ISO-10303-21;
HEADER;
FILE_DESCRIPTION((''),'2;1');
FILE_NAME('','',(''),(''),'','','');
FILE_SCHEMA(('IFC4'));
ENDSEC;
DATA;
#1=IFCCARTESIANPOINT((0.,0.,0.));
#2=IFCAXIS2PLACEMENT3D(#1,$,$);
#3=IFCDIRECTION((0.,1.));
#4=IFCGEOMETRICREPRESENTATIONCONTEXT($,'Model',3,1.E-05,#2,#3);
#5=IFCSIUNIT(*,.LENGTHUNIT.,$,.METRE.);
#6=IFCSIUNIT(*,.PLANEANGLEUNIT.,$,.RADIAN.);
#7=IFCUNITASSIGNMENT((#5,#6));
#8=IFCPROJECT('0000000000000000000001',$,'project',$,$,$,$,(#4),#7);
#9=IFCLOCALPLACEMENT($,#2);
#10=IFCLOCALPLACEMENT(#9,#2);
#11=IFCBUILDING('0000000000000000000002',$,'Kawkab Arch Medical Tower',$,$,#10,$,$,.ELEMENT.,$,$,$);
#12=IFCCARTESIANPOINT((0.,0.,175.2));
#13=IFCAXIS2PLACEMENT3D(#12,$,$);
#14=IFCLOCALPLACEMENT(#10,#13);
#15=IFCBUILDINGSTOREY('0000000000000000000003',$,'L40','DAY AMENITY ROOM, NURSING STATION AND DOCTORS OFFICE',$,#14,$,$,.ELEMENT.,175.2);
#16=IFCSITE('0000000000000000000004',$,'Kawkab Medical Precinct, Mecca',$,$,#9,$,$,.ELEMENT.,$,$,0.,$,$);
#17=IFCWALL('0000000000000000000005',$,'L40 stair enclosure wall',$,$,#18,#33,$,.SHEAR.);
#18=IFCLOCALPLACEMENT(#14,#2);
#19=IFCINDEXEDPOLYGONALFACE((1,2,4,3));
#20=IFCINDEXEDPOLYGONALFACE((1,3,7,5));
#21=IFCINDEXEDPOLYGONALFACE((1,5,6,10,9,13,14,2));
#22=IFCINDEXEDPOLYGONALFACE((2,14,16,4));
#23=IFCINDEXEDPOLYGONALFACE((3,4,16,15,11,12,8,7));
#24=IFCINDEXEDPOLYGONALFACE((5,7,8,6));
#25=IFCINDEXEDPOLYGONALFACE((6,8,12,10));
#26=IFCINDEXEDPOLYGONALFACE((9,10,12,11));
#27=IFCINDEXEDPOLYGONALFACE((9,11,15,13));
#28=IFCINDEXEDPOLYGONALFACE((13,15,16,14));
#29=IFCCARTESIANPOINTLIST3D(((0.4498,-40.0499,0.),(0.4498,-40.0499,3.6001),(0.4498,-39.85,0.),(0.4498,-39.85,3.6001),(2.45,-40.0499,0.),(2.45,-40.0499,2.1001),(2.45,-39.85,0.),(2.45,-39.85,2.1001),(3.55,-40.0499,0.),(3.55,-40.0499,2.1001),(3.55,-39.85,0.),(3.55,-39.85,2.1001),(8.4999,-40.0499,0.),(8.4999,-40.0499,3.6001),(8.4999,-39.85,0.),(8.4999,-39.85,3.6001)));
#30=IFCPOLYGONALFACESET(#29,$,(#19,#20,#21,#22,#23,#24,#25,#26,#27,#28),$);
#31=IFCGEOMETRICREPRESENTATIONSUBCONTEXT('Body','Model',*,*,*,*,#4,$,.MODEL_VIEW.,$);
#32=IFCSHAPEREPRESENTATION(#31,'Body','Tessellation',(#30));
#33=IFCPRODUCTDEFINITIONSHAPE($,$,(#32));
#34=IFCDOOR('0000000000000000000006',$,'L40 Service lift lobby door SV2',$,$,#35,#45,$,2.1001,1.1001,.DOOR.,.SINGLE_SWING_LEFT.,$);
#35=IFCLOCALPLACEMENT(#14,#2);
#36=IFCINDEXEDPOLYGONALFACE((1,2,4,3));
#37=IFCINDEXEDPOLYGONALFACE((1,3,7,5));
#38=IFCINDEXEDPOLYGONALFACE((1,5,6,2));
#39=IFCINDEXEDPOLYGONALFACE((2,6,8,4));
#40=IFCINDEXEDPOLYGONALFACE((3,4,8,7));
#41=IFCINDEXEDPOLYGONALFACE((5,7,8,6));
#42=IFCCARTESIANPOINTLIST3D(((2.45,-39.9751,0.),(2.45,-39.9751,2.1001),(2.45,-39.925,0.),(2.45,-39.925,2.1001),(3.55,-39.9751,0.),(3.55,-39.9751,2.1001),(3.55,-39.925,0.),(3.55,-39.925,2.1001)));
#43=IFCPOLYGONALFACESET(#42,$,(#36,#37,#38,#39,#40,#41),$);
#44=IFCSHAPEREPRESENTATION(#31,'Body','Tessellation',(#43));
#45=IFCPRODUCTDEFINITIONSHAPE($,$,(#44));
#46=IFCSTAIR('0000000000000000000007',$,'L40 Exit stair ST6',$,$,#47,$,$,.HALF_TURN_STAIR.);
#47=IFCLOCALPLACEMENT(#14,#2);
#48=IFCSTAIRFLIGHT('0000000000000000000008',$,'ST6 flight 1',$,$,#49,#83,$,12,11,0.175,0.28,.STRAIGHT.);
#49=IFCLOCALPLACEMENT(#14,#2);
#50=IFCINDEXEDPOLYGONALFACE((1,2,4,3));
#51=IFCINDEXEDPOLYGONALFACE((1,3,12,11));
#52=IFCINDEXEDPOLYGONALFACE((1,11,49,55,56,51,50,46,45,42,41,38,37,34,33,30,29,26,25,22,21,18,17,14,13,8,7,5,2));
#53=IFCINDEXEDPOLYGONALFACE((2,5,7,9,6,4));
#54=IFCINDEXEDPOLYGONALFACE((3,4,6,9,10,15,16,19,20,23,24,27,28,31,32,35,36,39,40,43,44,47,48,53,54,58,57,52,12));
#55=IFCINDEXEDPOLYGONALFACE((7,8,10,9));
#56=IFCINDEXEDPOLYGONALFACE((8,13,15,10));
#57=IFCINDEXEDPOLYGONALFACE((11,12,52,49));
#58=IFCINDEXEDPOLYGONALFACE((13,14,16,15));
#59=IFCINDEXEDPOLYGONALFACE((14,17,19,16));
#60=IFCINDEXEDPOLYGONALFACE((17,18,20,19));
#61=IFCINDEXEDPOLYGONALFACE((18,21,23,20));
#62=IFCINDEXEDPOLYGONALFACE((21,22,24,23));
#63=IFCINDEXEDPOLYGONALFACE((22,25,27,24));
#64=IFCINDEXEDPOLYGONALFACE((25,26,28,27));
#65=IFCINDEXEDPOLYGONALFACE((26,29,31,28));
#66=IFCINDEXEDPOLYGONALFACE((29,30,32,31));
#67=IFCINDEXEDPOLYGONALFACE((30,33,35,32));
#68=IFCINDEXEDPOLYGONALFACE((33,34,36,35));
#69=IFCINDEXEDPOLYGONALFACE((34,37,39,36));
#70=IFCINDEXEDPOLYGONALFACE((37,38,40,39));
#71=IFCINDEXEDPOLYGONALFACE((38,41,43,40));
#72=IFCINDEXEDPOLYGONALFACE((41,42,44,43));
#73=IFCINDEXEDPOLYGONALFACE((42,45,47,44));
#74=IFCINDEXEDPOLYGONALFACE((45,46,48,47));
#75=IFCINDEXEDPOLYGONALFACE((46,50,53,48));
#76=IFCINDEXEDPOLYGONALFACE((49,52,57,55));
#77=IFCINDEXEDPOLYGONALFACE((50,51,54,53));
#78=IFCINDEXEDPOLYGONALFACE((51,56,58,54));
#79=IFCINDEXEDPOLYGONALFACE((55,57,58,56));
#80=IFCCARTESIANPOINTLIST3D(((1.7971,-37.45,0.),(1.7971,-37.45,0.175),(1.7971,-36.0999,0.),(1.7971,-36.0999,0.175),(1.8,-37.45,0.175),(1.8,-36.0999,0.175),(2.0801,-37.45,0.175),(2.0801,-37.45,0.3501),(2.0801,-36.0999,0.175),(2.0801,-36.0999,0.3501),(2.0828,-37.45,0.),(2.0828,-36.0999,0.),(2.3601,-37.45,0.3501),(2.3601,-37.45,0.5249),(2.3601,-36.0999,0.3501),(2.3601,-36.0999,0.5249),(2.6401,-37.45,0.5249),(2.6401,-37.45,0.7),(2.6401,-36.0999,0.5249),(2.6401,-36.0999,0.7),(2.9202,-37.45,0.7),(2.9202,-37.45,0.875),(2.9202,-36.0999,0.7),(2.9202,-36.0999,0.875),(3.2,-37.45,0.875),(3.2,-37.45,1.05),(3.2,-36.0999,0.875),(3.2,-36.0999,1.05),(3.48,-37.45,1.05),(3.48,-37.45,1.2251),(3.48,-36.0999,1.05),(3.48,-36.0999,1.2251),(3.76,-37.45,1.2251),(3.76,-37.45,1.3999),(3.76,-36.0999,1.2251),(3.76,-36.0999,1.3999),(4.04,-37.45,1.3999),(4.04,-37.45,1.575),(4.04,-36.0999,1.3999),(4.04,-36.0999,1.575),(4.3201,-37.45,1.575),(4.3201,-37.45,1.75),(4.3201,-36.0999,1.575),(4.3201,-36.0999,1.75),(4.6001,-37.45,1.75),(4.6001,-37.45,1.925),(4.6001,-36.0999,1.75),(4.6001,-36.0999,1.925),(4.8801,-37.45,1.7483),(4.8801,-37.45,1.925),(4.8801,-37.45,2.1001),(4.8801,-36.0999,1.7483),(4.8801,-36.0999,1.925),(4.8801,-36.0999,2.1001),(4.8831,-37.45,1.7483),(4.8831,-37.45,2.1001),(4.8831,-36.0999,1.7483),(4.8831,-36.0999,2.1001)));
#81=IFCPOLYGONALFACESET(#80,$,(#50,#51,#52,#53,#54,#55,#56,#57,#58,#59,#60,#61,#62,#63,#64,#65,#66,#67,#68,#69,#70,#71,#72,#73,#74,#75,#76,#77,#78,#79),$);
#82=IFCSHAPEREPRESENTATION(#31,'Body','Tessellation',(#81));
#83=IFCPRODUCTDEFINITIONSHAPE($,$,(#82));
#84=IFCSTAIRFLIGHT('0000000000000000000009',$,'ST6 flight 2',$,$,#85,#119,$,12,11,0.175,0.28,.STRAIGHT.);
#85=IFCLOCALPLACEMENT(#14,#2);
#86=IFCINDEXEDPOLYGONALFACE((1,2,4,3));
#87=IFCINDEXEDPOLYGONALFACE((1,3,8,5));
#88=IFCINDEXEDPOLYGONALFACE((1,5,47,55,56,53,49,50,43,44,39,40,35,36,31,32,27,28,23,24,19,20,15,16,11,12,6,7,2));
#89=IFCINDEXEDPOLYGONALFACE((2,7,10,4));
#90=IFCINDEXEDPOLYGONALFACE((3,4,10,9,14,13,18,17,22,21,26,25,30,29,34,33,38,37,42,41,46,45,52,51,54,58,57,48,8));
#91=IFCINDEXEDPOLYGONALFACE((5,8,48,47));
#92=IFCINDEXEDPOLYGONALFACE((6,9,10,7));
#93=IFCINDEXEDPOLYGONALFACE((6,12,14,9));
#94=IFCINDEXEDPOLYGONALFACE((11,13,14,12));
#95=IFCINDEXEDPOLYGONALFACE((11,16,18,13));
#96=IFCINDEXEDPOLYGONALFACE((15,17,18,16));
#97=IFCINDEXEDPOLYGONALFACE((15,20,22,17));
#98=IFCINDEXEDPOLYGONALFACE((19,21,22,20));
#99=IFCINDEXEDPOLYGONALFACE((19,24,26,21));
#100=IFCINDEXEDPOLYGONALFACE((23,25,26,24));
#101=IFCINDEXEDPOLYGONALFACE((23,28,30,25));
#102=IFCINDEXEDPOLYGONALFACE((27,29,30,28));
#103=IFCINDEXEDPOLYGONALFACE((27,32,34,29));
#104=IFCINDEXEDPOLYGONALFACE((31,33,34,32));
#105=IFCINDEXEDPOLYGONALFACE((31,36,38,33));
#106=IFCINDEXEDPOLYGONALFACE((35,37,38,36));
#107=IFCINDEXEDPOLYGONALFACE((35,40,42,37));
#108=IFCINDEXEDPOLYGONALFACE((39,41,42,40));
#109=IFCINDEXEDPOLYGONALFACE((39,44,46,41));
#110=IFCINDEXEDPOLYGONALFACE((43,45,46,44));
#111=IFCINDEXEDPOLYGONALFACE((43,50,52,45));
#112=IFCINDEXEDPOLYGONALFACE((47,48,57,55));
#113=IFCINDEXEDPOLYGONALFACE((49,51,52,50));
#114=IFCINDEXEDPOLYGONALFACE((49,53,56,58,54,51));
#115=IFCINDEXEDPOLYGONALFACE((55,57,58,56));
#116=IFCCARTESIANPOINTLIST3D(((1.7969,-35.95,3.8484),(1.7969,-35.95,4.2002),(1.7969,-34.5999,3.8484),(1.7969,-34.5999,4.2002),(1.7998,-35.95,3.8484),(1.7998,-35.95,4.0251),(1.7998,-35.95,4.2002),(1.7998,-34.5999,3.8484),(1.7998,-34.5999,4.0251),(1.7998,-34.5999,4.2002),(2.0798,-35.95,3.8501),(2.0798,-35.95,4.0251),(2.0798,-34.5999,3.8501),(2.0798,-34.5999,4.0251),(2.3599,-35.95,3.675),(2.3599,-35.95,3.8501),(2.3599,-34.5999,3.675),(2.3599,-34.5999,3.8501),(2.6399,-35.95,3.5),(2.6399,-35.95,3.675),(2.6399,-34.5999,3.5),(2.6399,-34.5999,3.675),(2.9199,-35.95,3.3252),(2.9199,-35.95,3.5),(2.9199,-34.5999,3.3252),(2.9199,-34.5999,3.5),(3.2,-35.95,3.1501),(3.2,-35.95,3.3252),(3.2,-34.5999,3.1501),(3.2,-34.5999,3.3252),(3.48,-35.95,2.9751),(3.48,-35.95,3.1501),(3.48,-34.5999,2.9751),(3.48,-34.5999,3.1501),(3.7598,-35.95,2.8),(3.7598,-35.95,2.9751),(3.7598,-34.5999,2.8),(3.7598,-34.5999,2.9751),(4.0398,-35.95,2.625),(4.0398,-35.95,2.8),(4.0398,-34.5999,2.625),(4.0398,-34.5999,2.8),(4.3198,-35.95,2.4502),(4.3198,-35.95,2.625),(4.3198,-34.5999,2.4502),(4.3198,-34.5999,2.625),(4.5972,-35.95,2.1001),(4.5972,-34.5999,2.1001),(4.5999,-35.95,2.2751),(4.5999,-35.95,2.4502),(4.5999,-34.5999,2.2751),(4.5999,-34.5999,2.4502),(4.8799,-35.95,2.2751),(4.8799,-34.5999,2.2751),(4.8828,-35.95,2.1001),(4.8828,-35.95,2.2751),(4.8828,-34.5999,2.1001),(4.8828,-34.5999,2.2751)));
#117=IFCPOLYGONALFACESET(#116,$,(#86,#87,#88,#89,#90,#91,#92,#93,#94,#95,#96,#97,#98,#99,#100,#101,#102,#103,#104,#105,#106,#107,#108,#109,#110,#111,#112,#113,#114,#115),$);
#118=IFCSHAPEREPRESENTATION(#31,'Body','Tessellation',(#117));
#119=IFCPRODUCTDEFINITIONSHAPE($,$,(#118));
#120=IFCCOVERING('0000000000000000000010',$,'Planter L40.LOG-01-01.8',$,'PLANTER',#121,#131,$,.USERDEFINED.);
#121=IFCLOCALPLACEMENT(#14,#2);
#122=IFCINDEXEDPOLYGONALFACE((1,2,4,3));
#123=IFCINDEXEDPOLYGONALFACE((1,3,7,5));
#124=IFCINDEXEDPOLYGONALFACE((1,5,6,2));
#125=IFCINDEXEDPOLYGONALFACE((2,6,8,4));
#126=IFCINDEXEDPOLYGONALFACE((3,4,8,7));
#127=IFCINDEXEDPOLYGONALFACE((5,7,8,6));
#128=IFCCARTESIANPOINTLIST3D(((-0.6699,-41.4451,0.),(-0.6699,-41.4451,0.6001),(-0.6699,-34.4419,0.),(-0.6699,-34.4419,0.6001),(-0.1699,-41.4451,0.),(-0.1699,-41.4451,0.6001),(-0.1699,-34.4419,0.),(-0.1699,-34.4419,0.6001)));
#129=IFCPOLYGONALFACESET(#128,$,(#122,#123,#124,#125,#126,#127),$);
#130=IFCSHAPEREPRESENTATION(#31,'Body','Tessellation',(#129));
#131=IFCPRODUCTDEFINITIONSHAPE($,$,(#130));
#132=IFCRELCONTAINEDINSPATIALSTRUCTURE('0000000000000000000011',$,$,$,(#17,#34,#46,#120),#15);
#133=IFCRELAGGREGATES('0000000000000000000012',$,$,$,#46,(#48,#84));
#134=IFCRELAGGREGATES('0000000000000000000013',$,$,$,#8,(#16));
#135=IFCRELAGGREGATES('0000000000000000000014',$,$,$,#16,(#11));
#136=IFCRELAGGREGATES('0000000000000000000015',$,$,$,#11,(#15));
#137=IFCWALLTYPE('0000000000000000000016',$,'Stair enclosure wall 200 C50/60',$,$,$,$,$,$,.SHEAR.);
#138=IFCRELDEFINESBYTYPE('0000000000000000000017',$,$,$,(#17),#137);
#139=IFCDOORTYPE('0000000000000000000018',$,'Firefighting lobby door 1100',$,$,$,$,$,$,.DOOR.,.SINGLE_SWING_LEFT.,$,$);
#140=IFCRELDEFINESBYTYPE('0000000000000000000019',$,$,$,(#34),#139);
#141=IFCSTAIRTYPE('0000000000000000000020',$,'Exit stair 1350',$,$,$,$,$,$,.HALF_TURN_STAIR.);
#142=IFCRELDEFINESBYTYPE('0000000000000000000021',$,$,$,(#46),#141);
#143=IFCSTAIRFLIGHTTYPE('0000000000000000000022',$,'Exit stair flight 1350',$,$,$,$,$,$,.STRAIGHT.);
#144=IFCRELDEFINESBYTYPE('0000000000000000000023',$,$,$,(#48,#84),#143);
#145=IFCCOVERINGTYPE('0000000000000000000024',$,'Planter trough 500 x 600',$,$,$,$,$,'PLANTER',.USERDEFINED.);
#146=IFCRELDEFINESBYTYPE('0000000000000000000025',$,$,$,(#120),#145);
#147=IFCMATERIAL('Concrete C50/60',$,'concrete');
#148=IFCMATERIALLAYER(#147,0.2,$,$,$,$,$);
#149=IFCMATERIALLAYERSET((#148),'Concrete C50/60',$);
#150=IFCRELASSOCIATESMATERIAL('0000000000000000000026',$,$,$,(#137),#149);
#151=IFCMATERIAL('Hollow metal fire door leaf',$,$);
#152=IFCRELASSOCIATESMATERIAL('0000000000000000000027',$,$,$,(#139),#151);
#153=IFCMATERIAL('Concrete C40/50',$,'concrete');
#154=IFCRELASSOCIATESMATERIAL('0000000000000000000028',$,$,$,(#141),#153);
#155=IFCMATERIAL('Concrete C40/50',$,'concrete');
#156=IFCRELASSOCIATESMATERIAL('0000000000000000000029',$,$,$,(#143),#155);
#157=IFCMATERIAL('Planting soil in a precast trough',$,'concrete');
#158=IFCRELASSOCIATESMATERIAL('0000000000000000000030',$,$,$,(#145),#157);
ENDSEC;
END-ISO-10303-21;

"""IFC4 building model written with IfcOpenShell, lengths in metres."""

from ifc_helpers import new_model, si_unit, direction, frame, frame_2d, origin, origin_2d, place, context, subcontext, project, spatial, polyline, rectangle, outline, extrude, material, layer, layer_set, material_profile, profile_set, type_object, element, fill, aggregate, save


model = new_model("IFC4")

# Units and contexts
model_context = context("Model", 3, precision=1e-05, world=origin(), true_north=direction((0.0, 1.0)))
body_context = subcontext(model_context, "Body", "Model", "MODEL_VIEW")
ifc_project = project(units=[si_unit("LENGTHUNIT", "METRE"), si_unit("PLANEANGLEUNIT", "RADIAN")], contexts=[model_context])

# Site, building, storey
site_placement = place(None, origin())
site = spatial("IfcSite", under=ifc_project, at=site_placement, Name="Kawkab Medical Precinct, Mecca", CompositionType="ELEMENT", RefElevation=0.0)
building_placement = place(site_placement, origin())
building = spatial("IfcBuilding", under=site, at=building_placement, Name="Kawkab Arch Medical Tower", CompositionType="ELEMENT")
storey_placement = place(building_placement, frame((0.0, 0.0, 175.2)))
storey = spatial("IfcBuildingStorey", under=building, at=storey_placement, Name="L40", Description="DAY AMENITY ROOM, NURSING STATION AND DOCTORS OFFICE", CompositionType="ELEMENT", Elevation=175.2)

# Shared definitions
placement = place(storey_placement, origin())

# Wall, opening, door
ifc_material_1 = material(Name="Concrete C50/60", Category="concrete")
ifc_layer_1 = layer(ifc_material_1, 0.2)
ifc_layer_set_1 = layer_set([ifc_layer_1], Name="Concrete C50/60")
wall_type_1 = type_object("IfcWallType", Name="Stair enclosure wall 200 C50/60", PredefinedType="SHEAR", material=ifc_layer_set_1)
wall_1_placement = place(storey_placement, frame((0.45, -39.95, 0.0), z_axis=(0.0, 0.0, 1.0), x_axis=(1.0, 0.0, 0.0)))
wall_1 = element("IfcWall", 1, at=wall_1_placement, inside=storey, type_object=wall_type_1, Name="L40 stair enclosure wall", PredefinedType="SHEAR", context=body_context, shape_type="SweptSolid", body=[
    extrude(rectangle(XDim=8.05, YDim=0.2, at=frame_2d((4.0249, 0.0))), origin(), (0.0, 0.0, 1.0), 3.6001),
])
opening_1_placement = place(wall_1_placement, frame((2.0, 0.0, 0.0)))
opening_1 = element("IfcOpeningElement", 2, at=opening_1_placement, cuts=wall_1, PredefinedType="OPENING", context=body_context, shape_type="SweptSolid", body=[
    extrude(rectangle(XDim=1.1001, YDim=2.1001, at=frame_2d((0.55, 1.05))), frame((0.0, 0.1099, 0.0), z_axis=(0.0, -1.0, 0.0), x_axis=(1.0, 0.0, 0.0)), (0.0, 0.0, 1.0), 0.22),
])
ifc_material_2 = material(Name="Hollow metal fire door leaf")
door_type_1 = type_object("IfcDoorType", Name="Firefighting lobby door 1100", OperationType="SINGLE_SWING_LEFT", PredefinedType="DOOR", material=ifc_material_2)
door_1_placement = place(opening_1_placement, origin())
door_1 = element("IfcDoor", 3, at=door_1_placement, inside=storey, type_object=door_type_1, Name="L40 Service lift lobby door SV2", OperationType="SINGLE_SWING_LEFT", OverallHeight=2.1001, OverallWidth=1.1001, PredefinedType="DOOR", context=body_context, shape_type="SweptSolid", body=[
    extrude(rectangle(XDim=1.1001, YDim=2.1001, at=frame_2d((0.55, 1.05))), frame((0.0, 0.0249, 0.0), z_axis=(0.0, -1.0, 0.0), x_axis=(1.0, 0.0, 0.0)), (0.0, 0.0, 1.0), 0.05),
])
fill(opening_1, door_1)

# Stair, stair flights
ifc_material_3 = material(Name="Concrete C40/50", Category="concrete")
stair_type = type_object("IfcStairType", Name="Exit stair 1350", PredefinedType="HALF_TURN_STAIR", material=ifc_material_3)
stair = element("IfcStair", 4, at=placement, inside=storey, type_object=stair_type, Name="L40 Exit stair ST6", PredefinedType="HALF_TURN_STAIR")
ifc_material_4 = material(Name="Concrete C40/50", Category="concrete")
stair_flight_type = type_object("IfcStairFlightType", Name="Exit stair flight 1350", PredefinedType="STRAIGHT", material=ifc_material_4)
stair_flight_1_placement = place(storey_placement, frame((1.8, -36.7749, 0.0), z_axis=(0.0, 0.0, 1.0), x_axis=(1.0, 0.0, 0.0)))
stair_flight_1 = element("IfcStairFlight", 5, at=stair_flight_1_placement, type_object=stair_flight_type, Name="ST6 flight 1", NumberOfRisers=12, NumberOfTreads=11, PredefinedType="STRAIGHT", RiserHeight=0.175, TreadLength=0.28, context=body_context, shape_type="SweptSolid", body=[
    extrude(outline(polyline([(-0.0029, 0.0), (-0.0029, 0.175), (0.0, 0.175), (0.28, 0.175), (0.28, 0.3501), (0.5601, 0.3501), (0.5601, 0.5249), (0.8401, 0.5249), (0.8401, 0.7), (1.1201, 0.7), (1.1201, 0.875), (1.3999, 0.875), (1.3999, 1.05), (1.6799, 1.05), (1.6799, 1.2251), (1.96, 1.2251), (1.96, 1.3999), (2.24, 1.3999), (2.24, 1.575), (2.52, 1.575), (2.52, 1.75), (2.8, 1.75), (2.8, 1.925), (3.0801, 1.925), (3.0801, 2.1001), (3.083, 2.1001), (3.083, 1.7483), (3.0801, 1.7483), (0.2827, 0.0), (-0.0029, 0.0)])), frame((0.0, 0.675, 0.0), z_axis=(0.0, -1.0, 0.0), x_axis=(1.0, 0.0, 0.0)), (0.0, 0.0, 1.0), 1.3501),
])
stair_flight_2_placement = place(storey_placement, frame((4.8799, -35.2749, 2.1001), z_axis=(0.0, 0.0, 1.0), x_axis=(-1.0, 0.0, 0.0)))
stair_flight_2 = element("IfcStairFlight", 6, at=stair_flight_2_placement, type_object=stair_flight_type, Name="ST6 flight 2", NumberOfRisers=12, NumberOfTreads=11, PredefinedType="STRAIGHT", RiserHeight=0.175, TreadLength=0.28, context=body_context, shape_type="SweptSolid", body=[
    extrude(outline(polyline([(-0.0029, 0.0), (-0.0029, 0.175), (0.0, 0.175), (0.28, 0.175), (0.28, 0.3501), (0.5601, 0.3501), (0.5601, 0.5249), (0.8401, 0.5249), (0.8401, 0.7), (1.1201, 0.7), (1.1201, 0.875), (1.3999, 0.875), (1.3999, 1.05), (1.6799, 1.05), (1.6799, 1.2251), (1.96, 1.2251), (1.96, 1.3999), (2.24, 1.3999), (2.24, 1.575), (2.52, 1.575), (2.52, 1.75), (2.8, 1.75), (2.8, 1.925), (3.0801, 1.925), (3.0801, 2.1001), (3.083, 2.1001), (3.083, 1.7483), (3.0801, 1.7483), (0.2827, 0.0), (-0.0029, 0.0)])), frame((0.0, 0.675, 0.0), z_axis=(0.0, -1.0, 0.0), x_axis=(1.0, 0.0, 0.0)), (0.0, 0.0, 1.0), 1.3501),
])
aggregate(stair, [stair_flight_1, stair_flight_2])

# Covering
ifc_material_5 = material(Name="Planting soil in a precast trough", Category="concrete")
ifc_material_profile_1 = material_profile(ifc_material_5, rectangle(XDim=0.5, YDim=0.6001, at=origin_2d()), Name="Trough 500x600")
ifc_profile_set_1 = profile_set([ifc_material_profile_1], Name="Planting soil in a precast trough")
covering_type = type_object("IfcCoveringType", Name="Planter trough 500 x 600", ElementType="PLANTER", PredefinedType="USERDEFINED", material=ifc_profile_set_1)
covering_placement = place(storey_placement, frame((-0.4199, -41.4451, 0.3), z_axis=(0.0, 1.0, 0.0), x_axis=(-1.0, 0.0, 0.0)))
element("IfcCovering", 7, at=covering_placement, inside=storey, type_object=covering_type, Name="Planter L40.LOG-01-01.8", ObjectType="PLANTER", PredefinedType="USERDEFINED", context=body_context, shape_type="SweptSolid", body=[
    extrude(rectangle(XDim=0.5, YDim=0.6001, at=origin_2d()), origin(), (0.0, 0.0, 1.0), 7.0032),
])

save(model, "model.ifc")
